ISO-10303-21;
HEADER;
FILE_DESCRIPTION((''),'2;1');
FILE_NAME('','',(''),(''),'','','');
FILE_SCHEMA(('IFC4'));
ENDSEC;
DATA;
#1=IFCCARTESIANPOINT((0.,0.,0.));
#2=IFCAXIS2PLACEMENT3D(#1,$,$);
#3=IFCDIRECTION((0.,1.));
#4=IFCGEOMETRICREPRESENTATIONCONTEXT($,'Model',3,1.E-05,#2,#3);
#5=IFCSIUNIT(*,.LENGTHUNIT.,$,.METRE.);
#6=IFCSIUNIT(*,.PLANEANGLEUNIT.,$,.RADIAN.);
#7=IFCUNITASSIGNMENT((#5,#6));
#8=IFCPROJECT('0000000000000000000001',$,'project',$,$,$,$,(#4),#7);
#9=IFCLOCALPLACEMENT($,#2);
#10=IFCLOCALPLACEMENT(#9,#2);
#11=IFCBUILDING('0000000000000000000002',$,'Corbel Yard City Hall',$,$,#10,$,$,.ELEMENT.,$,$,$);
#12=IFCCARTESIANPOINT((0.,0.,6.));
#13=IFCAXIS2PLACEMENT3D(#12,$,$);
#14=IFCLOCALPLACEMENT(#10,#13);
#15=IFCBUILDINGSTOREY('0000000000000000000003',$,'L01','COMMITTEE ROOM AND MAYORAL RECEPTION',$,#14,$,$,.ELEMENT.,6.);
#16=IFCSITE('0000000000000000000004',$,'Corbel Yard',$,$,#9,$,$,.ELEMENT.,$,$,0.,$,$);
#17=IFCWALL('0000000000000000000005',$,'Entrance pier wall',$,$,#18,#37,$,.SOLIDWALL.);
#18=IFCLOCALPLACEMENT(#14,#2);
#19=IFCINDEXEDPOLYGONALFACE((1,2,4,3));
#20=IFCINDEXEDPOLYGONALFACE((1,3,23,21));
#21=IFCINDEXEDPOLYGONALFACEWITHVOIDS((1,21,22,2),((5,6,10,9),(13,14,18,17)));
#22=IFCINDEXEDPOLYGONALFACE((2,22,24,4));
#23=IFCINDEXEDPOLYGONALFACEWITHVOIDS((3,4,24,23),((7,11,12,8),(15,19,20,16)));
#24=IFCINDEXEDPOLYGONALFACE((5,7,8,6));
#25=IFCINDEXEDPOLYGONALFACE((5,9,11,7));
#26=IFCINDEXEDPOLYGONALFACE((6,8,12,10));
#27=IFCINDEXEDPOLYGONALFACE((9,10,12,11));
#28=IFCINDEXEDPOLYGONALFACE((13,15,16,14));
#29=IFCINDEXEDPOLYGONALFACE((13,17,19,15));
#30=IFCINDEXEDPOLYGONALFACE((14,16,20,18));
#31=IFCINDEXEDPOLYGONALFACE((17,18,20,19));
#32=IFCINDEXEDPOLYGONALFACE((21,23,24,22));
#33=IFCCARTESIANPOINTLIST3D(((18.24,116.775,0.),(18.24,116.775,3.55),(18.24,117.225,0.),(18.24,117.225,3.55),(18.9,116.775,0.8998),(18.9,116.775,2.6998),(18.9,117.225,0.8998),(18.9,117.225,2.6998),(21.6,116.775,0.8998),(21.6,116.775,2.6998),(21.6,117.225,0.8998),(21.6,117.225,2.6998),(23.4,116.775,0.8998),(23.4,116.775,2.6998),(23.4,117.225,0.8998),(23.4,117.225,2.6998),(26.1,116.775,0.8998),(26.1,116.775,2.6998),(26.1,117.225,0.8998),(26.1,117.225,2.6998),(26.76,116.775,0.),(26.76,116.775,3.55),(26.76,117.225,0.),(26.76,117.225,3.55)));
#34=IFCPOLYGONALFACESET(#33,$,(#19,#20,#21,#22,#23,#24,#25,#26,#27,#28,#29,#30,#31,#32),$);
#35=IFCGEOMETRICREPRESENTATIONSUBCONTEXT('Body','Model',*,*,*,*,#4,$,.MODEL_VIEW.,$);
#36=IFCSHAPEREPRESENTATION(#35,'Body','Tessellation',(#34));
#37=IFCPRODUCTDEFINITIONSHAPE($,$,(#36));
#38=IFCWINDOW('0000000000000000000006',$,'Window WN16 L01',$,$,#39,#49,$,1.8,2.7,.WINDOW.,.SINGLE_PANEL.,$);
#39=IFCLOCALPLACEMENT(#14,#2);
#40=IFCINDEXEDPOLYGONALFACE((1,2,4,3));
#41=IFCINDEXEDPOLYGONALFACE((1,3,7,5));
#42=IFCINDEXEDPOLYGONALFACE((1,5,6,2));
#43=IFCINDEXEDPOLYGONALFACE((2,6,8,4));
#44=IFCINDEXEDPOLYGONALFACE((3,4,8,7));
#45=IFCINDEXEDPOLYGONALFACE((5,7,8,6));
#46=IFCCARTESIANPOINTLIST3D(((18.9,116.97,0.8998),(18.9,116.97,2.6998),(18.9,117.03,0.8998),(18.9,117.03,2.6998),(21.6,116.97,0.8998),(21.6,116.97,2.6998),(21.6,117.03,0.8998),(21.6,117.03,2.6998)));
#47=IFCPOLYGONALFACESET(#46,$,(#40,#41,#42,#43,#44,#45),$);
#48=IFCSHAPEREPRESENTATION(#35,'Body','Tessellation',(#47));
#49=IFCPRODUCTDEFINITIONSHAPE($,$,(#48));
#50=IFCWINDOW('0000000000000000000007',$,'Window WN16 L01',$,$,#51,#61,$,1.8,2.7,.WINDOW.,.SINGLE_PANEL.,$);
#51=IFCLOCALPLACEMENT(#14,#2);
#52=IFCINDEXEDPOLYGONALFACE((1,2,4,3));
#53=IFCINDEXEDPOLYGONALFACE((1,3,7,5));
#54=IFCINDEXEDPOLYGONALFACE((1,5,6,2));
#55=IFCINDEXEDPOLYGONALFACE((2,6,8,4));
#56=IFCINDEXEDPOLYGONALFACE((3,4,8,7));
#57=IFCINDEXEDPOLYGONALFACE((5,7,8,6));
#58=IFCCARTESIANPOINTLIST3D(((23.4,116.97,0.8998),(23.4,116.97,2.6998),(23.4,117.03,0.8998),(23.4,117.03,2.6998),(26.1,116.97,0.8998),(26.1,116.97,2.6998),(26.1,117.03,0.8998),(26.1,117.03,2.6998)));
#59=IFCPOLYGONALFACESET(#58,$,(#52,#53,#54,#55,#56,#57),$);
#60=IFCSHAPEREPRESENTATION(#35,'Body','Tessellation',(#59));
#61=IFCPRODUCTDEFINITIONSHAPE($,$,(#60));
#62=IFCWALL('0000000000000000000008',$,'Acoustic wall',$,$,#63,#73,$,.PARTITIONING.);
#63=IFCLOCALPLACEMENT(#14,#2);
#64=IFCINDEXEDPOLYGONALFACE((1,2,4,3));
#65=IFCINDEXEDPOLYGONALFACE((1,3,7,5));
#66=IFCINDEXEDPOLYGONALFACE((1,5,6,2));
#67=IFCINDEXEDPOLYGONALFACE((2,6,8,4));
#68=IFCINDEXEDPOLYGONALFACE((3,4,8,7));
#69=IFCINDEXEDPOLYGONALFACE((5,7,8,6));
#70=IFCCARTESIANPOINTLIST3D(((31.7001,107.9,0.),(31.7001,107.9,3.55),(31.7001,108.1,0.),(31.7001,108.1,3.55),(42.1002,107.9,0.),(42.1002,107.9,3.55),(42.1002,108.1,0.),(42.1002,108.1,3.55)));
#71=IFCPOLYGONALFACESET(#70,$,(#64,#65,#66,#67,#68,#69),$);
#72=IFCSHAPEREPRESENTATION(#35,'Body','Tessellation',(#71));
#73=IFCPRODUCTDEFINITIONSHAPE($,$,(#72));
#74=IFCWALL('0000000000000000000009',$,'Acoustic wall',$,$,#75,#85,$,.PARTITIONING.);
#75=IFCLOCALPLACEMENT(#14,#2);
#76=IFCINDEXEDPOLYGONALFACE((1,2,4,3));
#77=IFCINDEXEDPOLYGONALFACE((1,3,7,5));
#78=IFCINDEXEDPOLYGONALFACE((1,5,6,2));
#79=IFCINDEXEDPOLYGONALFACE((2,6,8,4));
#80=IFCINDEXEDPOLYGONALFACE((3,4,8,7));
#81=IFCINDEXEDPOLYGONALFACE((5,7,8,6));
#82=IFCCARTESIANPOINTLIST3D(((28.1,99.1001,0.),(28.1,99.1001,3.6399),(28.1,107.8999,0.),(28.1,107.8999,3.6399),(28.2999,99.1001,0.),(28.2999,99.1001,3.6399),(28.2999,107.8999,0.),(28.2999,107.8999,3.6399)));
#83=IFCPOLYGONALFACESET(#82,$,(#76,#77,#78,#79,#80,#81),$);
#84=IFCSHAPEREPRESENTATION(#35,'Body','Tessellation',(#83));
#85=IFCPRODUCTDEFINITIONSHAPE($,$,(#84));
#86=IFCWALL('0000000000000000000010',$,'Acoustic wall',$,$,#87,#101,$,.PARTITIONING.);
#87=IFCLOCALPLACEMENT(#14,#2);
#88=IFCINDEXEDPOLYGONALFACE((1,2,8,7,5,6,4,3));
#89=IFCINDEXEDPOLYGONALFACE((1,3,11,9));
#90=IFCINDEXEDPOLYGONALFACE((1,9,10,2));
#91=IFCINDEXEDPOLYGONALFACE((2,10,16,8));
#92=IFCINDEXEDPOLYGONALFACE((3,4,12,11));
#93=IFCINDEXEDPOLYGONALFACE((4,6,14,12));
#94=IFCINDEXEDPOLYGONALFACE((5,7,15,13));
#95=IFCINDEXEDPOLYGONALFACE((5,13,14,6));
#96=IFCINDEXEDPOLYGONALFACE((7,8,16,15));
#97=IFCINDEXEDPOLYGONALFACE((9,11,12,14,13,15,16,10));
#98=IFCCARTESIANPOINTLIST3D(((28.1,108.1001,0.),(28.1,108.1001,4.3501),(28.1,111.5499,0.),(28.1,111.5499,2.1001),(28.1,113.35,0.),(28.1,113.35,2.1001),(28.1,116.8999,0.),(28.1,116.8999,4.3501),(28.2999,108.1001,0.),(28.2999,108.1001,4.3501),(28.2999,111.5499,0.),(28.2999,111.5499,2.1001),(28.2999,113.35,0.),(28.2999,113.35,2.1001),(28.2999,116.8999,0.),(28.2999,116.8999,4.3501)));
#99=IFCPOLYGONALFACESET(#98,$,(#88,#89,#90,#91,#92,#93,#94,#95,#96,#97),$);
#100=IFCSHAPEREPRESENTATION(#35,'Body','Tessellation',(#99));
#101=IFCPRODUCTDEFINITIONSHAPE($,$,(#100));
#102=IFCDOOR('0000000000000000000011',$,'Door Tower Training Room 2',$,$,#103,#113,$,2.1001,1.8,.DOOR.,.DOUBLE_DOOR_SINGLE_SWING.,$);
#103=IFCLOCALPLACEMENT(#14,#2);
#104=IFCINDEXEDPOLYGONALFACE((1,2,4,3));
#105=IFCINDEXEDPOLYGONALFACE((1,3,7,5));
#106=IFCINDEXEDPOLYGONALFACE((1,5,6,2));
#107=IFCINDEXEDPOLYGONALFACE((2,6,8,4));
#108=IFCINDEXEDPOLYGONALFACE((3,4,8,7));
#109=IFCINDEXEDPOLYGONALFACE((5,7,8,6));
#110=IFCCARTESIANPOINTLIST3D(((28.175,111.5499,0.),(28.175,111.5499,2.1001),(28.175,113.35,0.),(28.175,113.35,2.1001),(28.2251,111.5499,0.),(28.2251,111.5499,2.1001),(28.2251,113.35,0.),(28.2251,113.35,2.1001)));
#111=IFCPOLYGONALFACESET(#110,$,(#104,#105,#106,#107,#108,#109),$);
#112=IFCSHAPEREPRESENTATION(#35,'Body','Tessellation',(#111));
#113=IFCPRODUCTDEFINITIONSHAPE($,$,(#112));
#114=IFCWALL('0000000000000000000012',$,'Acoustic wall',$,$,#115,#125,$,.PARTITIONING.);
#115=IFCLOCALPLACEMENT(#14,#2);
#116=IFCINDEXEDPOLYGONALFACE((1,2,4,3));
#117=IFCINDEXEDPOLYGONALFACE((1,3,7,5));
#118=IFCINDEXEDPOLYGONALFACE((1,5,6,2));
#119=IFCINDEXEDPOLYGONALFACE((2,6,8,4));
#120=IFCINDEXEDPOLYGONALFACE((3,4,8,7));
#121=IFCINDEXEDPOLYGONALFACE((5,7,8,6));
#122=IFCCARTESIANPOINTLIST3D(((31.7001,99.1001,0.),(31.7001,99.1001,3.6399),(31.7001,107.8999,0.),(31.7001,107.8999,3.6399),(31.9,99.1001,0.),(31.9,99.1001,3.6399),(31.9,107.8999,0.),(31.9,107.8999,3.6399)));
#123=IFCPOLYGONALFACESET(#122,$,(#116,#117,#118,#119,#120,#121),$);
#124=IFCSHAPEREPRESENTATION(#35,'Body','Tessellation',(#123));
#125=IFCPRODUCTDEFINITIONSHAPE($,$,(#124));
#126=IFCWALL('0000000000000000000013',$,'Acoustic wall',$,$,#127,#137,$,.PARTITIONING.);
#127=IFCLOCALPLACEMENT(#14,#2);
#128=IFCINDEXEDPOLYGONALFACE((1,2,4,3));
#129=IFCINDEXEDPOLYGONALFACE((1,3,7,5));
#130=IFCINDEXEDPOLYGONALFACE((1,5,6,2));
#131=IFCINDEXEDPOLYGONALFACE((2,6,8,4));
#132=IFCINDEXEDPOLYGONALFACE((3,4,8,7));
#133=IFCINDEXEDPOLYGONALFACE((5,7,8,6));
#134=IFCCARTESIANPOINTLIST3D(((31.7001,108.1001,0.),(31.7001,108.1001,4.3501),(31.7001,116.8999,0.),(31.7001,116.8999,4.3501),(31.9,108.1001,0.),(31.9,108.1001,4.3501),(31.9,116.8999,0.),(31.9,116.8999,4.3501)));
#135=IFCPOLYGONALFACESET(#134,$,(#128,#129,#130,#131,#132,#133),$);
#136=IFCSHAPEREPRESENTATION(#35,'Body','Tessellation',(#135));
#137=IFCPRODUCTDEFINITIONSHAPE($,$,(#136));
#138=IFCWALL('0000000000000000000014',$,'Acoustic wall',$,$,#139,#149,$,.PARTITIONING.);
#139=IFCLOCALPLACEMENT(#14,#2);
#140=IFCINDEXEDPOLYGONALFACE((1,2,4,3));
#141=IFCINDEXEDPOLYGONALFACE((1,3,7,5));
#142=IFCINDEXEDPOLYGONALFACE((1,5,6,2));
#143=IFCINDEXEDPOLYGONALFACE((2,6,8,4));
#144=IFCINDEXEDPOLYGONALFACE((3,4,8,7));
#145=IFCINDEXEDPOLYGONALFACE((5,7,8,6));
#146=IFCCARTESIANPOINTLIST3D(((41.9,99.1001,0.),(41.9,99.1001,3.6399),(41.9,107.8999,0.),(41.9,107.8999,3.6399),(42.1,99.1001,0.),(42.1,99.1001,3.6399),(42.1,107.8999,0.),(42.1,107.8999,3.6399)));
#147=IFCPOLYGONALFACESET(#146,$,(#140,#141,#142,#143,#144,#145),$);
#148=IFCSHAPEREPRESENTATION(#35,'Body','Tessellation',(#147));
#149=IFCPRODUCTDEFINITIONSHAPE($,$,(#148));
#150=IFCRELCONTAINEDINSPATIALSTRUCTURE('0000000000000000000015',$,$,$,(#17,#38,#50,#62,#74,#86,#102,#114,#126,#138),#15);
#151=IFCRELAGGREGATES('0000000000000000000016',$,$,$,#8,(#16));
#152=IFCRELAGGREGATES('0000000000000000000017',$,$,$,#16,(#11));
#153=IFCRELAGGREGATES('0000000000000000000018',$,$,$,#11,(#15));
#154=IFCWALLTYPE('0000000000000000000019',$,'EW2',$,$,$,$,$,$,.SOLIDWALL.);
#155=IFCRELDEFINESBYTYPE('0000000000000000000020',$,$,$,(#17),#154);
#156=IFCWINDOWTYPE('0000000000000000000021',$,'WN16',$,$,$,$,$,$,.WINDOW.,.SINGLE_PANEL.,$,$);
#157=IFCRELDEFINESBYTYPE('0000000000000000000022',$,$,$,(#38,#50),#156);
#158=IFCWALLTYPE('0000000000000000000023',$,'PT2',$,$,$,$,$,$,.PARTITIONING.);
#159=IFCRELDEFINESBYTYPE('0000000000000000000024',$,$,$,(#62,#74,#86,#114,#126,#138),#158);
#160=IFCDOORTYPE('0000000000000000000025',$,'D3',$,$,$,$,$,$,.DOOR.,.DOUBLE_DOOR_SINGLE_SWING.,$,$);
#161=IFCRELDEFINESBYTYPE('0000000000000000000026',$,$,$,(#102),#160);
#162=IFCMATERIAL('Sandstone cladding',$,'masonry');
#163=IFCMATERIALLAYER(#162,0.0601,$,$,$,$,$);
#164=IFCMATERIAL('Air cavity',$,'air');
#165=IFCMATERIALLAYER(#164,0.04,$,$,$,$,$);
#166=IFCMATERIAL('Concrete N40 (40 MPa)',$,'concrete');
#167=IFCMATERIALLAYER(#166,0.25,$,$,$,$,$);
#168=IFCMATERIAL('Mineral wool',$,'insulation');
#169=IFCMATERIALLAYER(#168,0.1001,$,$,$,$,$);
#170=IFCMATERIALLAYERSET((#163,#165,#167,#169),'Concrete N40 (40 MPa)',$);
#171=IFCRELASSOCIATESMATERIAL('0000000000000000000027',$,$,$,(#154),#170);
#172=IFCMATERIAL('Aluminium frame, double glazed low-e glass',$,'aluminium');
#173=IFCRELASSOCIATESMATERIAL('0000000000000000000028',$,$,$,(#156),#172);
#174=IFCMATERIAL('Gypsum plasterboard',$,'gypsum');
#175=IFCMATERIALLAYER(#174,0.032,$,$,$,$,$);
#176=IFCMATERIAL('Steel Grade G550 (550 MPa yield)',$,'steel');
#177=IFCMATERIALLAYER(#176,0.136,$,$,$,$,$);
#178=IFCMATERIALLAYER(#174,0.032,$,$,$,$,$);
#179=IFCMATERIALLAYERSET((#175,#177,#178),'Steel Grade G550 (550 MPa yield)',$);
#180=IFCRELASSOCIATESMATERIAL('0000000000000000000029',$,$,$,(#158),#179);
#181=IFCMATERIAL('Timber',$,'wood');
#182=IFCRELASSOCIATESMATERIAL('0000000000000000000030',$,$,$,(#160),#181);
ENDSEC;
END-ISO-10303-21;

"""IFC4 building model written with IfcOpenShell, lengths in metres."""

from ifc_helpers import new_model, si_unit, direction, frame, frame_2d, origin, place, context, subcontext, project, spatial, rectangle, extrude, material, layer, layer_set, type_object, element, fill, save


model = new_model("IFC4")

# Units and contexts
model_context = context("Model", 3, precision=1e-05, world=origin(), true_north=direction((0.0, 1.0)))
body_context = subcontext(model_context, "Body", "Model", "MODEL_VIEW")
ifc_project = project(units=[si_unit("LENGTHUNIT", "METRE"), si_unit("PLANEANGLEUNIT", "RADIAN")], contexts=[model_context])

# Site, building, storey
site_placement = place(None, origin())
site = spatial("IfcSite", under=ifc_project, at=site_placement, Name="Corbel Yard", CompositionType="ELEMENT", RefElevation=0.0)
building_placement = place(site_placement, origin())
building = spatial("IfcBuilding", under=site, at=building_placement, Name="Corbel Yard City Hall", CompositionType="ELEMENT")
storey_placement = place(building_placement, frame((0.0, 0.0, 6.0)))
storey = spatial("IfcBuildingStorey", under=building, at=storey_placement, Name="L01", Description="COMMITTEE ROOM AND MAYORAL RECEPTION", CompositionType="ELEMENT", Elevation=6.0)

# Wall, openings, windows
ifc_material_1 = material(Name="Sandstone cladding", Category="masonry")
ifc_layer_1 = layer(ifc_material_1, 0.0601)
ifc_material_2 = material(Name="Air cavity", Category="air")
ifc_layer_2 = layer(ifc_material_2, 0.04)
ifc_material_3 = material(Name="Concrete N40 (40 MPa)", Category="concrete")
ifc_layer_3 = layer(ifc_material_3, 0.25)
ifc_material_4 = material(Name="Mineral wool", Category="insulation")
ifc_layer_4 = layer(ifc_material_4, 0.1001)
ifc_layer_set_1 = layer_set([ifc_layer_1, ifc_layer_2, ifc_layer_3, ifc_layer_4], Name="Concrete N40 (40 MPa)")
wall_type_1 = type_object("IfcWallType", Name="EW2", PredefinedType="SOLIDWALL", material=ifc_layer_set_1)
wall_1_placement = place(storey_placement, frame((18.24, 117.0, 0.0), z_axis=(0.0, 0.0, 1.0), x_axis=(1.0, 0.0, 0.0)))
wall_1 = element("IfcWall", 1, at=wall_1_placement, inside=storey, type_object=wall_type_1, Name="Entrance pier wall", PredefinedType="SOLIDWALL", context=body_context, shape_type="SweptSolid", body=[
    extrude(rectangle(XDim=8.52, YDim=0.45, at=frame_2d((4.26, 0.0))), origin(), (0.0, 0.0, 1.0), 3.55),
])
opening_1_placement = place(wall_1_placement, frame((0.6599, 0.0, 0.8999)))
opening_1 = element("IfcOpeningElement", 2, at=opening_1_placement, cuts=wall_1, PredefinedType="OPENING", context=body_context, shape_type="SweptSolid", body=[
    extrude(rectangle(XDim=2.7, YDim=1.8, at=frame_2d((1.3501, 0.8999))), frame((0.0, 0.2349, 0.0), z_axis=(0.0, -1.0, 0.0), x_axis=(1.0, 0.0, 0.0)), (0.0, 0.0, 1.0), 0.47),
])
opening_2_placement = place(wall_1_placement, frame((5.1599, 0.0, 0.8999)))
opening_2 = element("IfcOpeningElement", 3, at=opening_2_placement, cuts=wall_1, PredefinedType="OPENING", context=body_context, shape_type="SweptSolid", body=[
    extrude(rectangle(XDim=2.7, YDim=1.8, at=frame_2d((1.3501, 0.8999))), frame((0.0, 0.2349, 0.0), z_axis=(0.0, -1.0, 0.0), x_axis=(1.0, 0.0, 0.0)), (0.0, 0.0, 1.0), 0.47),
])
ifc_material_5 = material(Name="Aluminium frame, double glazed low-e glass", Category="aluminium")
window_type = type_object("IfcWindowType", Name="WN16", PartitioningType="SINGLE_PANEL", PredefinedType="WINDOW", material=ifc_material_5)
window_1_placement = place(opening_1_placement, origin())
window_1 = element("IfcWindow", 4, at=window_1_placement, inside=storey, type_object=window_type, Name="Window WN16 L01", OverallHeight=1.8, OverallWidth=2.7, PartitioningType="SINGLE_PANEL", PredefinedType="WINDOW", context=body_context, shape_type="SweptSolid", body=[
    extrude(rectangle(XDim=2.7, YDim=1.8, at=frame_2d((1.3501, 0.8999))), frame((0.0, 0.03, 0.0), z_axis=(0.0, -1.0, 0.0), x_axis=(1.0, 0.0, 0.0)), (0.0, 0.0, 1.0), 0.0601),
])
fill(opening_1, window_1)
window_2_placement = place(opening_2_placement, origin())
window_2 = element("IfcWindow", 5, at=window_2_placement, inside=storey, type_object=window_type, Name="Window WN16 L01", OverallHeight=1.8, OverallWidth=2.7, PartitioningType="SINGLE_PANEL", PredefinedType="WINDOW", context=body_context, shape_type="SweptSolid", body=[
    extrude(rectangle(XDim=2.7, YDim=1.8, at=frame_2d((1.3501, 0.8999))), frame((0.0, 0.03, 0.0), z_axis=(0.0, -1.0, 0.0), x_axis=(1.0, 0.0, 0.0)), (0.0, 0.0, 1.0), 0.0601),
])
fill(opening_2, window_2)

# Walls
ifc_material_6 = material(Name="Gypsum plasterboard", Category="gypsum")
ifc_layer_5 = layer(ifc_material_6, 0.032)
ifc_material_7 = material(Name="Steel Grade G550 (550 MPa yield)", Category="steel")
ifc_layer_6 = layer(ifc_material_7, 0.136)
ifc_layer_7 = layer(ifc_material_6, 0.032)
ifc_layer_set_2 = layer_set([ifc_layer_5, ifc_layer_6, ifc_layer_7], Name="Steel Grade G550 (550 MPa yield)")
wall_type_2 = type_object("IfcWallType", Name="PT2", PredefinedType="PARTITIONING", material=ifc_layer_set_2)
wall_2_placement = place(storey_placement, frame((31.7, 108.0, 0.0), z_axis=(0.0, 0.0, 1.0), x_axis=(1.0, 0.0, 0.0)))
element("IfcWall", 6, at=wall_2_placement, inside=storey, type_object=wall_type_2, Name="Acoustic wall", PredefinedType="PARTITIONING", context=body_context, shape_type="SweptSolid", body=[
    extrude(rectangle(XDim=10.4001, YDim=0.2, at=frame_2d((5.2002, 0.0))), origin(), (0.0, 0.0, 1.0), 3.55),
])
wall_3_placement = place(storey_placement, frame((28.2, 99.1001, 0.0), z_axis=(0.0, 0.0, 1.0), x_axis=(0.0, 1.0, 0.0)))
element("IfcWall", 7, at=wall_3_placement, inside=storey, type_object=wall_type_2, Name="Acoustic wall", PredefinedType="PARTITIONING", context=body_context, shape_type="SweptSolid", body=[
    extrude(rectangle(XDim=8.7998, YDim=0.2, at=frame_2d((4.3999, 0.0))), origin(), (0.0, 0.0, 1.0), 3.6399),
])

# Wall, opening, door
wall_4_placement = place(storey_placement, frame((28.2, 108.1001, 0.0), z_axis=(0.0, 0.0, 1.0), x_axis=(0.0, 1.0, 0.0)))
wall_4 = element("IfcWall", 8, at=wall_4_placement, inside=storey, type_object=wall_type_2, Name="Acoustic wall", PredefinedType="PARTITIONING", context=body_context, shape_type="SweptSolid", body=[
    extrude(rectangle(XDim=8.7998, YDim=0.2, at=frame_2d((4.3999, 0.0))), origin(), (0.0, 0.0, 1.0), 4.3501),
])
opening_3_placement = place(wall_4_placement, frame((3.45, 0.0, 0.0)))
opening_3 = element("IfcOpeningElement", 9, at=opening_3_placement, cuts=wall_4, PredefinedType="OPENING", context=body_context, shape_type="SweptSolid", body=[
    extrude(rectangle(XDim=1.8, YDim=2.1001, at=frame_2d((0.8999, 1.05))), frame((0.0, 0.1099, 0.0), z_axis=(0.0, -1.0, 0.0), x_axis=(1.0, 0.0, 0.0)), (0.0, 0.0, 1.0), 0.22),
])
ifc_material_8 = material(Name="Timber", Category="wood")
door_type_1 = type_object("IfcDoorType", Name="D3", OperationType="DOUBLE_DOOR_SINGLE_SWING", PredefinedType="DOOR", material=ifc_material_8)
door_1_placement = place(opening_3_placement, origin())
door_1 = element("IfcDoor", 10, at=door_1_placement, inside=storey, type_object=door_type_1, Name="Door Tower Training Room 2", OperationType="DOUBLE_DOOR_SINGLE_SWING", OverallHeight=2.1001, OverallWidth=1.8, PredefinedType="DOOR", context=body_context, shape_type="SweptSolid", body=[
    extrude(rectangle(XDim=1.8, YDim=2.1001, at=frame_2d((0.8999, 1.05))), frame((0.0, 0.0249, 0.0), z_axis=(0.0, -1.0, 0.0), x_axis=(1.0, 0.0, 0.0)), (0.0, 0.0, 1.0), 0.05),
])
fill(opening_3, door_1)

# Walls
wall_5_placement = place(storey_placement, frame((31.8, 99.1001, 0.0), z_axis=(0.0, 0.0, 1.0), x_axis=(0.0, 1.0, 0.0)))
element("IfcWall", 11, at=wall_5_placement, inside=storey, type_object=wall_type_2, Name="Acoustic wall", PredefinedType="PARTITIONING", context=body_context, shape_type="SweptSolid", body=[
    extrude(rectangle(XDim=8.7998, YDim=0.2, at=frame_2d((4.3999, 0.0))), origin(), (0.0, 0.0, 1.0), 3.6399),
])
wall_6_placement = place(storey_placement, frame((31.8, 108.1001, 0.0), z_axis=(0.0, 0.0, 1.0), x_axis=(0.0, 1.0, 0.0)))
element("IfcWall", 12, at=wall_6_placement, inside=storey, type_object=wall_type_2, Name="Acoustic wall", PredefinedType="PARTITIONING", context=body_context, shape_type="SweptSolid", body=[
    extrude(rectangle(XDim=8.7998, YDim=0.2, at=frame_2d((4.3999, 0.0))), origin(), (0.0, 0.0, 1.0), 4.3501),
])
wall_7_placement = place(storey_placement, frame((42.0, 99.1001, 0.0), z_axis=(0.0, 0.0, 1.0), x_axis=(0.0, 1.0, 0.0)))
element("IfcWall", 13, at=wall_7_placement, inside=storey, type_object=wall_type_2, Name="Acoustic wall", PredefinedType="PARTITIONING", context=body_context, shape_type="SweptSolid", body=[
    extrude(rectangle(XDim=8.7998, YDim=0.2, at=frame_2d((4.3999, 0.0))), origin(), (0.0, 0.0, 1.0), 3.6399),
])

save(model, "model.ifc")
